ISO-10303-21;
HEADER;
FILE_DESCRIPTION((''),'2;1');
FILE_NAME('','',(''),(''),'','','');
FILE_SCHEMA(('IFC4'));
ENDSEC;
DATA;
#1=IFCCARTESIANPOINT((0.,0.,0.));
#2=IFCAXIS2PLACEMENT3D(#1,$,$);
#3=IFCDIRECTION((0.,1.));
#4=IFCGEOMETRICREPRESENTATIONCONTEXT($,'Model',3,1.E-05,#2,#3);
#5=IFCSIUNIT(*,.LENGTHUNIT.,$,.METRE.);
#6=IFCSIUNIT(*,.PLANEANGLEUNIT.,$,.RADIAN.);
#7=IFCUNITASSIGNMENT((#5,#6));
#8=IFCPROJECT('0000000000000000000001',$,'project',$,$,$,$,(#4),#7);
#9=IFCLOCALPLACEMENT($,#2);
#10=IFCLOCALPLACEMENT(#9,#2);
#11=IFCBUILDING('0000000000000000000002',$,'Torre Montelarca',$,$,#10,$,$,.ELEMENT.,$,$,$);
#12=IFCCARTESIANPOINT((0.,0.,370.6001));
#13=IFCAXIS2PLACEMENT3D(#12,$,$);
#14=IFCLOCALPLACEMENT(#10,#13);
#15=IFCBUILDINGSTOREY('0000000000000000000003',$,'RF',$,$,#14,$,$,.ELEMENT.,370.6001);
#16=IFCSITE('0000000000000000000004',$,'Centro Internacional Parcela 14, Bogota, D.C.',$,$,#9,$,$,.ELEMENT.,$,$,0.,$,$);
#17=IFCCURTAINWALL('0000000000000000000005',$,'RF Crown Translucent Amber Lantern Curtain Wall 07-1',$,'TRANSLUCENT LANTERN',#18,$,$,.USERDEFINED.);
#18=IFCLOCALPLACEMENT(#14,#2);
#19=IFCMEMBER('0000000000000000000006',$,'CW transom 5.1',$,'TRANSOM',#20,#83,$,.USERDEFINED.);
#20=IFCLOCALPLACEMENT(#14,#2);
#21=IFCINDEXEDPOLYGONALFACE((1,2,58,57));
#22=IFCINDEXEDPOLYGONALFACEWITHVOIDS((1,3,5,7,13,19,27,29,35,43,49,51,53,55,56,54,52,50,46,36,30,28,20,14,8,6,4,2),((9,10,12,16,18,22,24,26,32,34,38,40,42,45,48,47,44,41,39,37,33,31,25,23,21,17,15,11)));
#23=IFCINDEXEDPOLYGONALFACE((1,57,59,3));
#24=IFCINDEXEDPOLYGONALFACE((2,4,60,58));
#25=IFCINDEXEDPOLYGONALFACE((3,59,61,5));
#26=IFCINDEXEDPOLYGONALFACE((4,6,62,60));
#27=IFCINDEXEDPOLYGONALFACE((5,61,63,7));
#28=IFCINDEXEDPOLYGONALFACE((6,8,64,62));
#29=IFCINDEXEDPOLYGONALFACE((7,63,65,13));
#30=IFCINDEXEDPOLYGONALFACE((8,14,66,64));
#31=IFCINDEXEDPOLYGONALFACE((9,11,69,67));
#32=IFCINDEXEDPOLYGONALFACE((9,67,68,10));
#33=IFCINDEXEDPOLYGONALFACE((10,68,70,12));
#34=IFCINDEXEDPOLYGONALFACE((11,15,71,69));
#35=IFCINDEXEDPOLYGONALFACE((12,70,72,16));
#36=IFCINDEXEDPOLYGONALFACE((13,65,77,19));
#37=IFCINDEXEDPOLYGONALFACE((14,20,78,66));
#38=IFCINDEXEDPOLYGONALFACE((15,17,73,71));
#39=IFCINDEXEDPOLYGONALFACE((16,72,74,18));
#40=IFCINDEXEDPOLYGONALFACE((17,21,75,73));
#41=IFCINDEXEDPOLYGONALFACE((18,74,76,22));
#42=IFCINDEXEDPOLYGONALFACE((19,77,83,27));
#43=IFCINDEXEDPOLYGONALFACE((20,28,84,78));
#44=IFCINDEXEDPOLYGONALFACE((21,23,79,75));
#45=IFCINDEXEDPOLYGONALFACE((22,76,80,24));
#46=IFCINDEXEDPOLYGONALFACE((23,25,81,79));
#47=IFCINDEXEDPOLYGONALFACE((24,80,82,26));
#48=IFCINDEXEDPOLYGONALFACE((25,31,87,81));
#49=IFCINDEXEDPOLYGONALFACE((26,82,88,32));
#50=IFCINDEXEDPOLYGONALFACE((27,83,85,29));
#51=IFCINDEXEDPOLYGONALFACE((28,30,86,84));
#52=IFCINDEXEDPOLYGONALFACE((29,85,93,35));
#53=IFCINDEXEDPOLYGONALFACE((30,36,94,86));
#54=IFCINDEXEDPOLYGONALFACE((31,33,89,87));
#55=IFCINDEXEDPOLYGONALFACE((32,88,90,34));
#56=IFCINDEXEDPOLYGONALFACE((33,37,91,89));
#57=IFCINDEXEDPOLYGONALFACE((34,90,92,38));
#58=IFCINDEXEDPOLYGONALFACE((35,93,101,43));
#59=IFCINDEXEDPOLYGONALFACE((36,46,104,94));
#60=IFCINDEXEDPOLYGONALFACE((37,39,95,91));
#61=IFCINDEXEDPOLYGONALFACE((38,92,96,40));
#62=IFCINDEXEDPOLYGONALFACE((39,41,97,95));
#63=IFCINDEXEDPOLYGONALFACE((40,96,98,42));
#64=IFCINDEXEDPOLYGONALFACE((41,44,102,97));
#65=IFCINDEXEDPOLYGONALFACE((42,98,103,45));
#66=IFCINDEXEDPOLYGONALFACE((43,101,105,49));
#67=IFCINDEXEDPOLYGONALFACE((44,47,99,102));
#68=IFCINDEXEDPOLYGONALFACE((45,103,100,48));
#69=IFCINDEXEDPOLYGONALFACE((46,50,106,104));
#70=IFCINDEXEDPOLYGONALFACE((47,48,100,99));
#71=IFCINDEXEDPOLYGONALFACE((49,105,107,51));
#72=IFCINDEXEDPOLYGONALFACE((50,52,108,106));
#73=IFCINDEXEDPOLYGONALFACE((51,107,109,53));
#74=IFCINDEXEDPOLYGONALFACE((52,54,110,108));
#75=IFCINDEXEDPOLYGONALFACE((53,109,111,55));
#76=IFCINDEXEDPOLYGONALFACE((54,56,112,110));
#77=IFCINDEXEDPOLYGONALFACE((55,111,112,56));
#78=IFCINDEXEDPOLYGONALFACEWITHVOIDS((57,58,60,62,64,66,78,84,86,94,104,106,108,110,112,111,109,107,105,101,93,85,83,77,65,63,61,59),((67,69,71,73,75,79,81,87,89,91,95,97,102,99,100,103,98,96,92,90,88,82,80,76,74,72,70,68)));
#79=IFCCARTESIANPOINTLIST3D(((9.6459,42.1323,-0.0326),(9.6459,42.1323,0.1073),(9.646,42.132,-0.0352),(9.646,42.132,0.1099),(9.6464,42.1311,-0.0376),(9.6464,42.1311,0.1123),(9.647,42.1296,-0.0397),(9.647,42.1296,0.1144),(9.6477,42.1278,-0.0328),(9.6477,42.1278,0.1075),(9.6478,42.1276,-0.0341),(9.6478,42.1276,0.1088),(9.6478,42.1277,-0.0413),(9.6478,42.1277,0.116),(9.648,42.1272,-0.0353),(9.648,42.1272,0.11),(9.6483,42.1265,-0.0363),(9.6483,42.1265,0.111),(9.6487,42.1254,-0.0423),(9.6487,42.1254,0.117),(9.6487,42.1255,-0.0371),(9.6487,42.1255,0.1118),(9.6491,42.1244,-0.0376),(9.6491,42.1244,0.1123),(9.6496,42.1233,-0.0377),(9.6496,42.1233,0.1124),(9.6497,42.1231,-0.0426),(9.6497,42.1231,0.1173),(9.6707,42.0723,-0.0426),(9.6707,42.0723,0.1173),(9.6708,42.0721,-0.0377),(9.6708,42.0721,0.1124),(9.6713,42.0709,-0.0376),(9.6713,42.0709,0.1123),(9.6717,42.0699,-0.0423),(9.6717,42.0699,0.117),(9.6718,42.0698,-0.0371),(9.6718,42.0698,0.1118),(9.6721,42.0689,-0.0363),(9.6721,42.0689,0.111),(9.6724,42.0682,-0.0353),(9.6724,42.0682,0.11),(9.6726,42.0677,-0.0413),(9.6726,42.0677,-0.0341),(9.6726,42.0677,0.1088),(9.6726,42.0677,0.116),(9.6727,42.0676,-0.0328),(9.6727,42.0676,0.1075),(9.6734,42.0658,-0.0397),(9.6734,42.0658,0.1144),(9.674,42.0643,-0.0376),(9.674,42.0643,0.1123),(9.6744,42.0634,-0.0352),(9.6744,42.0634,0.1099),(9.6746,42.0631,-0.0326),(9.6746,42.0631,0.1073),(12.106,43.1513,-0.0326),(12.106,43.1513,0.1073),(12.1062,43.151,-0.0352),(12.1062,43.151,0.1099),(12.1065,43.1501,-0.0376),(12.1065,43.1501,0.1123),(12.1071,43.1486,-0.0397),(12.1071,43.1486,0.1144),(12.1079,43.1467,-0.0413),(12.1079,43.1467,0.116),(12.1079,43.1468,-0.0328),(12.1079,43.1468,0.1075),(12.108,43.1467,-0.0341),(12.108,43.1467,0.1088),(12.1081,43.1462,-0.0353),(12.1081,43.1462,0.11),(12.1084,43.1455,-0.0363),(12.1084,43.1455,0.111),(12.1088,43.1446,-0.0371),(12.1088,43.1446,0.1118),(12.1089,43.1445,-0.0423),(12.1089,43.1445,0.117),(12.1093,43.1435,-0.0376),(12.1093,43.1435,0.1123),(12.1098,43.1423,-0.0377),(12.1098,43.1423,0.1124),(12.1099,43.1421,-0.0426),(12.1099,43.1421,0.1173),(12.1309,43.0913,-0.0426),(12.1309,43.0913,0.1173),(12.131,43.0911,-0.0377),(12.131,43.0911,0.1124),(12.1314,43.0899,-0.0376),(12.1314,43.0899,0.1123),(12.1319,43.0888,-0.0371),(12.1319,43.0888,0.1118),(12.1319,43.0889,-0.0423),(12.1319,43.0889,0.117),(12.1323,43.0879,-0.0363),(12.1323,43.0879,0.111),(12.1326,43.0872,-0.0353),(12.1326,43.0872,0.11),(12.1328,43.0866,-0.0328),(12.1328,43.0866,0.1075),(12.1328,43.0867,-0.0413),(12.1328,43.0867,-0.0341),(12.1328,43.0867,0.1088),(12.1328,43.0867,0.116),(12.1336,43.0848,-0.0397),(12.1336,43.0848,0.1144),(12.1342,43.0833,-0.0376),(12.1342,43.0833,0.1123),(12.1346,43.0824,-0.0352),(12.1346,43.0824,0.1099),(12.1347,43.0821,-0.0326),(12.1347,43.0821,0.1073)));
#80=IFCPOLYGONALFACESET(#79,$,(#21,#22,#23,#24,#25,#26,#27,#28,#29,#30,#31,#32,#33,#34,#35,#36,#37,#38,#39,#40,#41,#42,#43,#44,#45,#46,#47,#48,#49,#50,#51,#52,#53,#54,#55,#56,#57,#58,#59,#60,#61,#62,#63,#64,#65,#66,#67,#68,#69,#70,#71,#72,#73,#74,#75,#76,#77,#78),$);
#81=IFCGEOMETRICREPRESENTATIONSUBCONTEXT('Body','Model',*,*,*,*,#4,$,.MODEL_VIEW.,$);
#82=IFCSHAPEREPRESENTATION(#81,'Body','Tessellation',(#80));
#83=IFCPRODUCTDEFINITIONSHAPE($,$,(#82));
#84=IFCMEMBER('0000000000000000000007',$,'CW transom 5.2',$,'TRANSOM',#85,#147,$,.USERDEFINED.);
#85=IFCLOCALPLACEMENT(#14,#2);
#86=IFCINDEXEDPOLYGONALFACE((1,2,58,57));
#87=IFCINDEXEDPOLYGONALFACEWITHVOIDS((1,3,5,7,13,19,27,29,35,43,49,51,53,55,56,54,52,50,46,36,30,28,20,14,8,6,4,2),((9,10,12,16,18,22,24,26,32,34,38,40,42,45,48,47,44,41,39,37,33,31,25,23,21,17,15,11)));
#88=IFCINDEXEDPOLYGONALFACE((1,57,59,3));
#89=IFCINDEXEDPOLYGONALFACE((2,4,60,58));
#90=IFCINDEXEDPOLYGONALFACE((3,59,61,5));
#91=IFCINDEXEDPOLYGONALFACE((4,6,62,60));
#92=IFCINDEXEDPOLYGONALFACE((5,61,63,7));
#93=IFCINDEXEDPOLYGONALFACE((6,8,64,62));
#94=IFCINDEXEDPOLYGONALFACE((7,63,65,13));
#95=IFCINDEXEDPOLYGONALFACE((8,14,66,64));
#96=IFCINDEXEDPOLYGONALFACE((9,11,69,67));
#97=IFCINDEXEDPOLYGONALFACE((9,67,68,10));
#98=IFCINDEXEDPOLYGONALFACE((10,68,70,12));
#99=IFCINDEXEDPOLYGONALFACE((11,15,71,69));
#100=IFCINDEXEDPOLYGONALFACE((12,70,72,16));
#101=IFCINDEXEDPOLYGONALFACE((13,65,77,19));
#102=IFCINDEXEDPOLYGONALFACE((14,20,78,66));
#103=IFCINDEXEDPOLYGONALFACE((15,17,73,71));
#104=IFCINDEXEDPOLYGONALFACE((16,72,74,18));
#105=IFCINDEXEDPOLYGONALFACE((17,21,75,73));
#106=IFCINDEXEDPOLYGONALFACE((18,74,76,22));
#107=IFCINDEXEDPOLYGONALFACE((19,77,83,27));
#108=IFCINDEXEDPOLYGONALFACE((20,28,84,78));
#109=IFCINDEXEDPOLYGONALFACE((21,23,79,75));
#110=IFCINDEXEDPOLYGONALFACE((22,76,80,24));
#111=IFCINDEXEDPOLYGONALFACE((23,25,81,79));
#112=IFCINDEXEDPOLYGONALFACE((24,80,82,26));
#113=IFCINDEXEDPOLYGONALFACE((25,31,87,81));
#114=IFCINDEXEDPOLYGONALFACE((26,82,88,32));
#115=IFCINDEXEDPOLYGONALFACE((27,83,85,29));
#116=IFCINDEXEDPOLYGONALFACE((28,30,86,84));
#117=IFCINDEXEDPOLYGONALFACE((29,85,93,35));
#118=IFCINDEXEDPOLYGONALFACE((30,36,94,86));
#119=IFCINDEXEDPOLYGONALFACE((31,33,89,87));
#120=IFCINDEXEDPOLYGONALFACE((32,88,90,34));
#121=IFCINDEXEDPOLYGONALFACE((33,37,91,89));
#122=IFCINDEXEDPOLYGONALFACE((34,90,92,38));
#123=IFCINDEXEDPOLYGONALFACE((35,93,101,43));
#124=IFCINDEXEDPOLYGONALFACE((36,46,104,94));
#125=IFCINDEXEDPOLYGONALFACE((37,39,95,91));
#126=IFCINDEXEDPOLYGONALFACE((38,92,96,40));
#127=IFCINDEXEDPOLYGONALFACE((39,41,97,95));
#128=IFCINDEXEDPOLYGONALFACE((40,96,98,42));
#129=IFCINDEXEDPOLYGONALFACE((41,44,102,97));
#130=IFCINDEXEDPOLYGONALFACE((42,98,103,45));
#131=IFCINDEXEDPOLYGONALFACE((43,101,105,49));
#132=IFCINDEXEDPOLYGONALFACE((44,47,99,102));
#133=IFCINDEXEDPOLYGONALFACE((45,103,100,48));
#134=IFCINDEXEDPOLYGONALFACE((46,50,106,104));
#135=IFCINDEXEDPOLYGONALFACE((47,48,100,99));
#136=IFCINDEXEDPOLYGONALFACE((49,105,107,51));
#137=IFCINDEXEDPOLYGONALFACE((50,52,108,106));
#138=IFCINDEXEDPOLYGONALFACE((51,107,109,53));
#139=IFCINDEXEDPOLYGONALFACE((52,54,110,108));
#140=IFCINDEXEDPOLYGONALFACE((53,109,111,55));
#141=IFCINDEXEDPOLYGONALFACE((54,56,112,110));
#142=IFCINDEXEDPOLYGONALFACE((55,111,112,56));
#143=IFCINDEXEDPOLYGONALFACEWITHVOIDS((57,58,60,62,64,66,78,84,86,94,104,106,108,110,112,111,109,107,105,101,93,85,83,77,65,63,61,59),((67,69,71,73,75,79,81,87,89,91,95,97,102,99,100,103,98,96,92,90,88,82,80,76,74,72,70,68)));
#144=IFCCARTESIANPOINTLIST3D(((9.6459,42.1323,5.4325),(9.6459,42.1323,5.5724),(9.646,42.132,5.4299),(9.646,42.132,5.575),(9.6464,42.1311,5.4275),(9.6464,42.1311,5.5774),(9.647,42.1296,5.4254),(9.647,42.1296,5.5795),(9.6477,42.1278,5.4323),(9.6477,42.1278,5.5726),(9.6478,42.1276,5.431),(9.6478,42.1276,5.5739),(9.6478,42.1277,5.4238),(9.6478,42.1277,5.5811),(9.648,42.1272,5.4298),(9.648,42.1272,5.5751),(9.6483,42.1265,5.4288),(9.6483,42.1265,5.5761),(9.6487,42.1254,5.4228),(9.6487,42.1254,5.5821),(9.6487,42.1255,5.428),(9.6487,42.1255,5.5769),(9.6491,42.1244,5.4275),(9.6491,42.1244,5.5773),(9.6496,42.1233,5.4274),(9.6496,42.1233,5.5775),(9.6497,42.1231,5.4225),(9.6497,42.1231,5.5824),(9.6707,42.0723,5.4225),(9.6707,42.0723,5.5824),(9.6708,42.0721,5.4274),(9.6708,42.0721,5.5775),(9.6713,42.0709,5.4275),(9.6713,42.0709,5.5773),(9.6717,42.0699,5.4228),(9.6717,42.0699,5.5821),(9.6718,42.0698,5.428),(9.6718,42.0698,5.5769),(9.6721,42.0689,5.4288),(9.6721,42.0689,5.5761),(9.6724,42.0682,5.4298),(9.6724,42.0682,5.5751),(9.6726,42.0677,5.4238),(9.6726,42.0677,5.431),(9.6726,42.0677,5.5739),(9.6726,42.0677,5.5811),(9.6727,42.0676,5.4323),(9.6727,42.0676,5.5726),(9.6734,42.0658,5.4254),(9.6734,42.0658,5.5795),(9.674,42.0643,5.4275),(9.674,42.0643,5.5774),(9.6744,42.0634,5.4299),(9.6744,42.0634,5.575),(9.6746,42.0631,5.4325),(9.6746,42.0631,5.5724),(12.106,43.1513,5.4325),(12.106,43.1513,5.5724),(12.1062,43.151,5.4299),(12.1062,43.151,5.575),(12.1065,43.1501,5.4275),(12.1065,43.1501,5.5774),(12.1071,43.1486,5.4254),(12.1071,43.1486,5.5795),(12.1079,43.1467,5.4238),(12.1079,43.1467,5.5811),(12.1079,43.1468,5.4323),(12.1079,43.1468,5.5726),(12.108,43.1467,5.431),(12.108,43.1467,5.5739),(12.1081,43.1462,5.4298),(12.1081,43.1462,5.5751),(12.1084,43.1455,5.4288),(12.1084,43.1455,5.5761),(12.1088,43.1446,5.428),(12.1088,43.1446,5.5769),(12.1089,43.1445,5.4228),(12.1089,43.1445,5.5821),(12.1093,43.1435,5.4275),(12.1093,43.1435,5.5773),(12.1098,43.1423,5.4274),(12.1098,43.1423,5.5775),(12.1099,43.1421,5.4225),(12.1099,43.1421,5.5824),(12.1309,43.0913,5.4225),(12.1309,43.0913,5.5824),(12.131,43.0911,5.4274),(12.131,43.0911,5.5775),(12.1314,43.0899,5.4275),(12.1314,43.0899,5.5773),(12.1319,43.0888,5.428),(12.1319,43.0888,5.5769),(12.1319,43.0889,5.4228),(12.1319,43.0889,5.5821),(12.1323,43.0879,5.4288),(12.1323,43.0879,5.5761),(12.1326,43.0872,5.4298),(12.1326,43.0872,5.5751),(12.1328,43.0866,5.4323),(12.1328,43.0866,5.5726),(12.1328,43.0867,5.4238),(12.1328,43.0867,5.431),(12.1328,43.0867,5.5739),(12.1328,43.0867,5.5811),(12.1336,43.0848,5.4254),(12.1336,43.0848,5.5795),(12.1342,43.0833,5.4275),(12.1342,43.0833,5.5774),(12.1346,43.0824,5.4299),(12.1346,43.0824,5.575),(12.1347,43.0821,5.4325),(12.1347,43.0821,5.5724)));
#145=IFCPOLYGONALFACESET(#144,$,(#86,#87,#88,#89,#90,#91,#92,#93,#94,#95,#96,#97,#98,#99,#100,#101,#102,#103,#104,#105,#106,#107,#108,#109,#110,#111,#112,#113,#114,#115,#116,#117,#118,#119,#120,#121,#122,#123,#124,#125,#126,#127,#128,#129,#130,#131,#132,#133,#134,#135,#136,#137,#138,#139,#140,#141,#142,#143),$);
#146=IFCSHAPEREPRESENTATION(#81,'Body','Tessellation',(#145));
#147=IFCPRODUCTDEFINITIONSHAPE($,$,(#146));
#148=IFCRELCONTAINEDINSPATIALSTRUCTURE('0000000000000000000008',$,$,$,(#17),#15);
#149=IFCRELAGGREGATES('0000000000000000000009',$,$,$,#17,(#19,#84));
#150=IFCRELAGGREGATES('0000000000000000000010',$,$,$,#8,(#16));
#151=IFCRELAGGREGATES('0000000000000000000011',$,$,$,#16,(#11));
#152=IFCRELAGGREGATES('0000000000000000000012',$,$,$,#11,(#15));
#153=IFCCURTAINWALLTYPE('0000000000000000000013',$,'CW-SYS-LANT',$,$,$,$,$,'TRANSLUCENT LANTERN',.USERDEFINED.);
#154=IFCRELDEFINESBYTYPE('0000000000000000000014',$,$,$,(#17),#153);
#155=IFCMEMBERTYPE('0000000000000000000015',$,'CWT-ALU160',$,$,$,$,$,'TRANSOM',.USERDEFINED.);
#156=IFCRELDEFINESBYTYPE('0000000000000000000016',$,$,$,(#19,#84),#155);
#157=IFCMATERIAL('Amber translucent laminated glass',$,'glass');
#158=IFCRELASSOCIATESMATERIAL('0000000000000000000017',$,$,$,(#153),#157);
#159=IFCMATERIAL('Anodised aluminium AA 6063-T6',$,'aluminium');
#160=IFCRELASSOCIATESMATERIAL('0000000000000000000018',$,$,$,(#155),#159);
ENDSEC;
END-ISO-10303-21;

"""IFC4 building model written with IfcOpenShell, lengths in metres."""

from ifc_helpers import new_model, si_unit, direction, frame, origin, origin_2d, place, context, subcontext, project, spatial, hollow_rectangle, extrude, source, transform, mapped, material, material_profile, profile_set, type_object, element, aggregate, save


model = new_model("IFC4")

# Units and contexts
model_context = context("Model", 3, precision=1e-05, world=origin(), true_north=direction((0.0, 1.0)))
body_context = subcontext(model_context, "Body", "Model", "MODEL_VIEW")
ifc_project = project(units=[si_unit("LENGTHUNIT", "METRE"), si_unit("PLANEANGLEUNIT", "RADIAN")], contexts=[model_context])

# Site, building, storey
site_placement = place(None, origin())
site = spatial("IfcSite", under=ifc_project, at=site_placement, Name="Centro Internacional Parcela 14, Bogota, D.C.", CompositionType="ELEMENT", RefElevation=0.0)
building_placement = place(site_placement, origin())
building = spatial("IfcBuilding", under=site, at=building_placement, Name="Torre Montelarca", CompositionType="ELEMENT")
storey_placement = place(building_placement, frame((0.0, 0.0, 370.6001)))
storey = spatial("IfcBuildingStorey", under=building, at=storey_placement, Name="RF", CompositionType="ELEMENT", Elevation=370.6001)

# Curtain wall
ifc_material_1 = material(Name="Amber translucent laminated glass", Category="glass")
curtain_wall_type = type_object("IfcCurtainWallType", Name="CW-SYS-LANT", ElementType="TRANSLUCENT LANTERN", PredefinedType="USERDEFINED", material=ifc_material_1)
curtain_wall_1_placement = place(storey_placement, origin())
curtain_wall_1 = element("IfcCurtainWall", 1, at=curtain_wall_1_placement, inside=storey, type_object=curtain_wall_type, Name="RF Crown Translucent Amber Lantern Curtain Wall 07-1", ObjectType="TRANSLUCENT LANTERN", PredefinedType="USERDEFINED")
ifc_material_2 = material(Name="Anodised aluminium AA 6063-T6", Category="aluminium")

# Members
ifc_material_profile_1 = material_profile(ifc_material_2, hollow_rectangle(XDim=0.075, YDim=0.1599, WallThickness=0.0049, InnerFilletRadius=0.0049, OuterFilletRadius=0.01, at=origin_2d()), Name="ALU75X160X5", Category="aluminium")
ifc_profile_set_1 = profile_set([ifc_material_profile_1], Name="Anodised aluminium AA 6063-T6")
member_type_1 = type_object("IfcMemberType", Name="CWT-ALU160", ElementType="TRANSOM", PredefinedType="USERDEFINED", material=ifc_profile_set_1)
shared_shape_1 = source(origin(), body_context, "Body", "SweptSolid", [
    extrude(hollow_rectangle(XDim=0.075, YDim=0.1599, WallThickness=0.0049, InnerFilletRadius=0.0049, OuterFilletRadius=0.01, at=origin_2d()), origin(), (0.0, 0.0, 1.0), 2.6628),
])
member_1_placement = place(storey_placement, frame((12.1204, 43.1167, 0.0374), z_axis=(-0.923881, -0.382681, 0.0), x_axis=(0.382681, -0.923881, 0.0)))
member_1 = element("IfcMember", 2, at=member_1_placement, type_object=member_type_1, Name="CW transom 5.1", ObjectType="TRANSOM", PredefinedType="USERDEFINED", context=body_context, shape_type="MappedRepresentation", body=[
    mapped(shared_shape_1, transform((0.0, 0.0, 0.0), scale=1.0)),
])
member_2_placement = place(storey_placement, frame((12.1204, 43.1167, 5.5024), z_axis=(-0.923881, -0.382681, 0.0), x_axis=(0.382681, -0.923881, 0.0)))
member_2 = element("IfcMember", 3, at=member_2_placement, type_object=member_type_1, Name="CW transom 5.2", ObjectType="TRANSOM", PredefinedType="USERDEFINED", context=body_context, shape_type="MappedRepresentation", body=[
    mapped(shared_shape_1, transform((0.0, 0.0, 0.0), scale=1.0)),
])

aggregate(curtain_wall_1, [member_1, member_2])

save(model, "model.ifc")
